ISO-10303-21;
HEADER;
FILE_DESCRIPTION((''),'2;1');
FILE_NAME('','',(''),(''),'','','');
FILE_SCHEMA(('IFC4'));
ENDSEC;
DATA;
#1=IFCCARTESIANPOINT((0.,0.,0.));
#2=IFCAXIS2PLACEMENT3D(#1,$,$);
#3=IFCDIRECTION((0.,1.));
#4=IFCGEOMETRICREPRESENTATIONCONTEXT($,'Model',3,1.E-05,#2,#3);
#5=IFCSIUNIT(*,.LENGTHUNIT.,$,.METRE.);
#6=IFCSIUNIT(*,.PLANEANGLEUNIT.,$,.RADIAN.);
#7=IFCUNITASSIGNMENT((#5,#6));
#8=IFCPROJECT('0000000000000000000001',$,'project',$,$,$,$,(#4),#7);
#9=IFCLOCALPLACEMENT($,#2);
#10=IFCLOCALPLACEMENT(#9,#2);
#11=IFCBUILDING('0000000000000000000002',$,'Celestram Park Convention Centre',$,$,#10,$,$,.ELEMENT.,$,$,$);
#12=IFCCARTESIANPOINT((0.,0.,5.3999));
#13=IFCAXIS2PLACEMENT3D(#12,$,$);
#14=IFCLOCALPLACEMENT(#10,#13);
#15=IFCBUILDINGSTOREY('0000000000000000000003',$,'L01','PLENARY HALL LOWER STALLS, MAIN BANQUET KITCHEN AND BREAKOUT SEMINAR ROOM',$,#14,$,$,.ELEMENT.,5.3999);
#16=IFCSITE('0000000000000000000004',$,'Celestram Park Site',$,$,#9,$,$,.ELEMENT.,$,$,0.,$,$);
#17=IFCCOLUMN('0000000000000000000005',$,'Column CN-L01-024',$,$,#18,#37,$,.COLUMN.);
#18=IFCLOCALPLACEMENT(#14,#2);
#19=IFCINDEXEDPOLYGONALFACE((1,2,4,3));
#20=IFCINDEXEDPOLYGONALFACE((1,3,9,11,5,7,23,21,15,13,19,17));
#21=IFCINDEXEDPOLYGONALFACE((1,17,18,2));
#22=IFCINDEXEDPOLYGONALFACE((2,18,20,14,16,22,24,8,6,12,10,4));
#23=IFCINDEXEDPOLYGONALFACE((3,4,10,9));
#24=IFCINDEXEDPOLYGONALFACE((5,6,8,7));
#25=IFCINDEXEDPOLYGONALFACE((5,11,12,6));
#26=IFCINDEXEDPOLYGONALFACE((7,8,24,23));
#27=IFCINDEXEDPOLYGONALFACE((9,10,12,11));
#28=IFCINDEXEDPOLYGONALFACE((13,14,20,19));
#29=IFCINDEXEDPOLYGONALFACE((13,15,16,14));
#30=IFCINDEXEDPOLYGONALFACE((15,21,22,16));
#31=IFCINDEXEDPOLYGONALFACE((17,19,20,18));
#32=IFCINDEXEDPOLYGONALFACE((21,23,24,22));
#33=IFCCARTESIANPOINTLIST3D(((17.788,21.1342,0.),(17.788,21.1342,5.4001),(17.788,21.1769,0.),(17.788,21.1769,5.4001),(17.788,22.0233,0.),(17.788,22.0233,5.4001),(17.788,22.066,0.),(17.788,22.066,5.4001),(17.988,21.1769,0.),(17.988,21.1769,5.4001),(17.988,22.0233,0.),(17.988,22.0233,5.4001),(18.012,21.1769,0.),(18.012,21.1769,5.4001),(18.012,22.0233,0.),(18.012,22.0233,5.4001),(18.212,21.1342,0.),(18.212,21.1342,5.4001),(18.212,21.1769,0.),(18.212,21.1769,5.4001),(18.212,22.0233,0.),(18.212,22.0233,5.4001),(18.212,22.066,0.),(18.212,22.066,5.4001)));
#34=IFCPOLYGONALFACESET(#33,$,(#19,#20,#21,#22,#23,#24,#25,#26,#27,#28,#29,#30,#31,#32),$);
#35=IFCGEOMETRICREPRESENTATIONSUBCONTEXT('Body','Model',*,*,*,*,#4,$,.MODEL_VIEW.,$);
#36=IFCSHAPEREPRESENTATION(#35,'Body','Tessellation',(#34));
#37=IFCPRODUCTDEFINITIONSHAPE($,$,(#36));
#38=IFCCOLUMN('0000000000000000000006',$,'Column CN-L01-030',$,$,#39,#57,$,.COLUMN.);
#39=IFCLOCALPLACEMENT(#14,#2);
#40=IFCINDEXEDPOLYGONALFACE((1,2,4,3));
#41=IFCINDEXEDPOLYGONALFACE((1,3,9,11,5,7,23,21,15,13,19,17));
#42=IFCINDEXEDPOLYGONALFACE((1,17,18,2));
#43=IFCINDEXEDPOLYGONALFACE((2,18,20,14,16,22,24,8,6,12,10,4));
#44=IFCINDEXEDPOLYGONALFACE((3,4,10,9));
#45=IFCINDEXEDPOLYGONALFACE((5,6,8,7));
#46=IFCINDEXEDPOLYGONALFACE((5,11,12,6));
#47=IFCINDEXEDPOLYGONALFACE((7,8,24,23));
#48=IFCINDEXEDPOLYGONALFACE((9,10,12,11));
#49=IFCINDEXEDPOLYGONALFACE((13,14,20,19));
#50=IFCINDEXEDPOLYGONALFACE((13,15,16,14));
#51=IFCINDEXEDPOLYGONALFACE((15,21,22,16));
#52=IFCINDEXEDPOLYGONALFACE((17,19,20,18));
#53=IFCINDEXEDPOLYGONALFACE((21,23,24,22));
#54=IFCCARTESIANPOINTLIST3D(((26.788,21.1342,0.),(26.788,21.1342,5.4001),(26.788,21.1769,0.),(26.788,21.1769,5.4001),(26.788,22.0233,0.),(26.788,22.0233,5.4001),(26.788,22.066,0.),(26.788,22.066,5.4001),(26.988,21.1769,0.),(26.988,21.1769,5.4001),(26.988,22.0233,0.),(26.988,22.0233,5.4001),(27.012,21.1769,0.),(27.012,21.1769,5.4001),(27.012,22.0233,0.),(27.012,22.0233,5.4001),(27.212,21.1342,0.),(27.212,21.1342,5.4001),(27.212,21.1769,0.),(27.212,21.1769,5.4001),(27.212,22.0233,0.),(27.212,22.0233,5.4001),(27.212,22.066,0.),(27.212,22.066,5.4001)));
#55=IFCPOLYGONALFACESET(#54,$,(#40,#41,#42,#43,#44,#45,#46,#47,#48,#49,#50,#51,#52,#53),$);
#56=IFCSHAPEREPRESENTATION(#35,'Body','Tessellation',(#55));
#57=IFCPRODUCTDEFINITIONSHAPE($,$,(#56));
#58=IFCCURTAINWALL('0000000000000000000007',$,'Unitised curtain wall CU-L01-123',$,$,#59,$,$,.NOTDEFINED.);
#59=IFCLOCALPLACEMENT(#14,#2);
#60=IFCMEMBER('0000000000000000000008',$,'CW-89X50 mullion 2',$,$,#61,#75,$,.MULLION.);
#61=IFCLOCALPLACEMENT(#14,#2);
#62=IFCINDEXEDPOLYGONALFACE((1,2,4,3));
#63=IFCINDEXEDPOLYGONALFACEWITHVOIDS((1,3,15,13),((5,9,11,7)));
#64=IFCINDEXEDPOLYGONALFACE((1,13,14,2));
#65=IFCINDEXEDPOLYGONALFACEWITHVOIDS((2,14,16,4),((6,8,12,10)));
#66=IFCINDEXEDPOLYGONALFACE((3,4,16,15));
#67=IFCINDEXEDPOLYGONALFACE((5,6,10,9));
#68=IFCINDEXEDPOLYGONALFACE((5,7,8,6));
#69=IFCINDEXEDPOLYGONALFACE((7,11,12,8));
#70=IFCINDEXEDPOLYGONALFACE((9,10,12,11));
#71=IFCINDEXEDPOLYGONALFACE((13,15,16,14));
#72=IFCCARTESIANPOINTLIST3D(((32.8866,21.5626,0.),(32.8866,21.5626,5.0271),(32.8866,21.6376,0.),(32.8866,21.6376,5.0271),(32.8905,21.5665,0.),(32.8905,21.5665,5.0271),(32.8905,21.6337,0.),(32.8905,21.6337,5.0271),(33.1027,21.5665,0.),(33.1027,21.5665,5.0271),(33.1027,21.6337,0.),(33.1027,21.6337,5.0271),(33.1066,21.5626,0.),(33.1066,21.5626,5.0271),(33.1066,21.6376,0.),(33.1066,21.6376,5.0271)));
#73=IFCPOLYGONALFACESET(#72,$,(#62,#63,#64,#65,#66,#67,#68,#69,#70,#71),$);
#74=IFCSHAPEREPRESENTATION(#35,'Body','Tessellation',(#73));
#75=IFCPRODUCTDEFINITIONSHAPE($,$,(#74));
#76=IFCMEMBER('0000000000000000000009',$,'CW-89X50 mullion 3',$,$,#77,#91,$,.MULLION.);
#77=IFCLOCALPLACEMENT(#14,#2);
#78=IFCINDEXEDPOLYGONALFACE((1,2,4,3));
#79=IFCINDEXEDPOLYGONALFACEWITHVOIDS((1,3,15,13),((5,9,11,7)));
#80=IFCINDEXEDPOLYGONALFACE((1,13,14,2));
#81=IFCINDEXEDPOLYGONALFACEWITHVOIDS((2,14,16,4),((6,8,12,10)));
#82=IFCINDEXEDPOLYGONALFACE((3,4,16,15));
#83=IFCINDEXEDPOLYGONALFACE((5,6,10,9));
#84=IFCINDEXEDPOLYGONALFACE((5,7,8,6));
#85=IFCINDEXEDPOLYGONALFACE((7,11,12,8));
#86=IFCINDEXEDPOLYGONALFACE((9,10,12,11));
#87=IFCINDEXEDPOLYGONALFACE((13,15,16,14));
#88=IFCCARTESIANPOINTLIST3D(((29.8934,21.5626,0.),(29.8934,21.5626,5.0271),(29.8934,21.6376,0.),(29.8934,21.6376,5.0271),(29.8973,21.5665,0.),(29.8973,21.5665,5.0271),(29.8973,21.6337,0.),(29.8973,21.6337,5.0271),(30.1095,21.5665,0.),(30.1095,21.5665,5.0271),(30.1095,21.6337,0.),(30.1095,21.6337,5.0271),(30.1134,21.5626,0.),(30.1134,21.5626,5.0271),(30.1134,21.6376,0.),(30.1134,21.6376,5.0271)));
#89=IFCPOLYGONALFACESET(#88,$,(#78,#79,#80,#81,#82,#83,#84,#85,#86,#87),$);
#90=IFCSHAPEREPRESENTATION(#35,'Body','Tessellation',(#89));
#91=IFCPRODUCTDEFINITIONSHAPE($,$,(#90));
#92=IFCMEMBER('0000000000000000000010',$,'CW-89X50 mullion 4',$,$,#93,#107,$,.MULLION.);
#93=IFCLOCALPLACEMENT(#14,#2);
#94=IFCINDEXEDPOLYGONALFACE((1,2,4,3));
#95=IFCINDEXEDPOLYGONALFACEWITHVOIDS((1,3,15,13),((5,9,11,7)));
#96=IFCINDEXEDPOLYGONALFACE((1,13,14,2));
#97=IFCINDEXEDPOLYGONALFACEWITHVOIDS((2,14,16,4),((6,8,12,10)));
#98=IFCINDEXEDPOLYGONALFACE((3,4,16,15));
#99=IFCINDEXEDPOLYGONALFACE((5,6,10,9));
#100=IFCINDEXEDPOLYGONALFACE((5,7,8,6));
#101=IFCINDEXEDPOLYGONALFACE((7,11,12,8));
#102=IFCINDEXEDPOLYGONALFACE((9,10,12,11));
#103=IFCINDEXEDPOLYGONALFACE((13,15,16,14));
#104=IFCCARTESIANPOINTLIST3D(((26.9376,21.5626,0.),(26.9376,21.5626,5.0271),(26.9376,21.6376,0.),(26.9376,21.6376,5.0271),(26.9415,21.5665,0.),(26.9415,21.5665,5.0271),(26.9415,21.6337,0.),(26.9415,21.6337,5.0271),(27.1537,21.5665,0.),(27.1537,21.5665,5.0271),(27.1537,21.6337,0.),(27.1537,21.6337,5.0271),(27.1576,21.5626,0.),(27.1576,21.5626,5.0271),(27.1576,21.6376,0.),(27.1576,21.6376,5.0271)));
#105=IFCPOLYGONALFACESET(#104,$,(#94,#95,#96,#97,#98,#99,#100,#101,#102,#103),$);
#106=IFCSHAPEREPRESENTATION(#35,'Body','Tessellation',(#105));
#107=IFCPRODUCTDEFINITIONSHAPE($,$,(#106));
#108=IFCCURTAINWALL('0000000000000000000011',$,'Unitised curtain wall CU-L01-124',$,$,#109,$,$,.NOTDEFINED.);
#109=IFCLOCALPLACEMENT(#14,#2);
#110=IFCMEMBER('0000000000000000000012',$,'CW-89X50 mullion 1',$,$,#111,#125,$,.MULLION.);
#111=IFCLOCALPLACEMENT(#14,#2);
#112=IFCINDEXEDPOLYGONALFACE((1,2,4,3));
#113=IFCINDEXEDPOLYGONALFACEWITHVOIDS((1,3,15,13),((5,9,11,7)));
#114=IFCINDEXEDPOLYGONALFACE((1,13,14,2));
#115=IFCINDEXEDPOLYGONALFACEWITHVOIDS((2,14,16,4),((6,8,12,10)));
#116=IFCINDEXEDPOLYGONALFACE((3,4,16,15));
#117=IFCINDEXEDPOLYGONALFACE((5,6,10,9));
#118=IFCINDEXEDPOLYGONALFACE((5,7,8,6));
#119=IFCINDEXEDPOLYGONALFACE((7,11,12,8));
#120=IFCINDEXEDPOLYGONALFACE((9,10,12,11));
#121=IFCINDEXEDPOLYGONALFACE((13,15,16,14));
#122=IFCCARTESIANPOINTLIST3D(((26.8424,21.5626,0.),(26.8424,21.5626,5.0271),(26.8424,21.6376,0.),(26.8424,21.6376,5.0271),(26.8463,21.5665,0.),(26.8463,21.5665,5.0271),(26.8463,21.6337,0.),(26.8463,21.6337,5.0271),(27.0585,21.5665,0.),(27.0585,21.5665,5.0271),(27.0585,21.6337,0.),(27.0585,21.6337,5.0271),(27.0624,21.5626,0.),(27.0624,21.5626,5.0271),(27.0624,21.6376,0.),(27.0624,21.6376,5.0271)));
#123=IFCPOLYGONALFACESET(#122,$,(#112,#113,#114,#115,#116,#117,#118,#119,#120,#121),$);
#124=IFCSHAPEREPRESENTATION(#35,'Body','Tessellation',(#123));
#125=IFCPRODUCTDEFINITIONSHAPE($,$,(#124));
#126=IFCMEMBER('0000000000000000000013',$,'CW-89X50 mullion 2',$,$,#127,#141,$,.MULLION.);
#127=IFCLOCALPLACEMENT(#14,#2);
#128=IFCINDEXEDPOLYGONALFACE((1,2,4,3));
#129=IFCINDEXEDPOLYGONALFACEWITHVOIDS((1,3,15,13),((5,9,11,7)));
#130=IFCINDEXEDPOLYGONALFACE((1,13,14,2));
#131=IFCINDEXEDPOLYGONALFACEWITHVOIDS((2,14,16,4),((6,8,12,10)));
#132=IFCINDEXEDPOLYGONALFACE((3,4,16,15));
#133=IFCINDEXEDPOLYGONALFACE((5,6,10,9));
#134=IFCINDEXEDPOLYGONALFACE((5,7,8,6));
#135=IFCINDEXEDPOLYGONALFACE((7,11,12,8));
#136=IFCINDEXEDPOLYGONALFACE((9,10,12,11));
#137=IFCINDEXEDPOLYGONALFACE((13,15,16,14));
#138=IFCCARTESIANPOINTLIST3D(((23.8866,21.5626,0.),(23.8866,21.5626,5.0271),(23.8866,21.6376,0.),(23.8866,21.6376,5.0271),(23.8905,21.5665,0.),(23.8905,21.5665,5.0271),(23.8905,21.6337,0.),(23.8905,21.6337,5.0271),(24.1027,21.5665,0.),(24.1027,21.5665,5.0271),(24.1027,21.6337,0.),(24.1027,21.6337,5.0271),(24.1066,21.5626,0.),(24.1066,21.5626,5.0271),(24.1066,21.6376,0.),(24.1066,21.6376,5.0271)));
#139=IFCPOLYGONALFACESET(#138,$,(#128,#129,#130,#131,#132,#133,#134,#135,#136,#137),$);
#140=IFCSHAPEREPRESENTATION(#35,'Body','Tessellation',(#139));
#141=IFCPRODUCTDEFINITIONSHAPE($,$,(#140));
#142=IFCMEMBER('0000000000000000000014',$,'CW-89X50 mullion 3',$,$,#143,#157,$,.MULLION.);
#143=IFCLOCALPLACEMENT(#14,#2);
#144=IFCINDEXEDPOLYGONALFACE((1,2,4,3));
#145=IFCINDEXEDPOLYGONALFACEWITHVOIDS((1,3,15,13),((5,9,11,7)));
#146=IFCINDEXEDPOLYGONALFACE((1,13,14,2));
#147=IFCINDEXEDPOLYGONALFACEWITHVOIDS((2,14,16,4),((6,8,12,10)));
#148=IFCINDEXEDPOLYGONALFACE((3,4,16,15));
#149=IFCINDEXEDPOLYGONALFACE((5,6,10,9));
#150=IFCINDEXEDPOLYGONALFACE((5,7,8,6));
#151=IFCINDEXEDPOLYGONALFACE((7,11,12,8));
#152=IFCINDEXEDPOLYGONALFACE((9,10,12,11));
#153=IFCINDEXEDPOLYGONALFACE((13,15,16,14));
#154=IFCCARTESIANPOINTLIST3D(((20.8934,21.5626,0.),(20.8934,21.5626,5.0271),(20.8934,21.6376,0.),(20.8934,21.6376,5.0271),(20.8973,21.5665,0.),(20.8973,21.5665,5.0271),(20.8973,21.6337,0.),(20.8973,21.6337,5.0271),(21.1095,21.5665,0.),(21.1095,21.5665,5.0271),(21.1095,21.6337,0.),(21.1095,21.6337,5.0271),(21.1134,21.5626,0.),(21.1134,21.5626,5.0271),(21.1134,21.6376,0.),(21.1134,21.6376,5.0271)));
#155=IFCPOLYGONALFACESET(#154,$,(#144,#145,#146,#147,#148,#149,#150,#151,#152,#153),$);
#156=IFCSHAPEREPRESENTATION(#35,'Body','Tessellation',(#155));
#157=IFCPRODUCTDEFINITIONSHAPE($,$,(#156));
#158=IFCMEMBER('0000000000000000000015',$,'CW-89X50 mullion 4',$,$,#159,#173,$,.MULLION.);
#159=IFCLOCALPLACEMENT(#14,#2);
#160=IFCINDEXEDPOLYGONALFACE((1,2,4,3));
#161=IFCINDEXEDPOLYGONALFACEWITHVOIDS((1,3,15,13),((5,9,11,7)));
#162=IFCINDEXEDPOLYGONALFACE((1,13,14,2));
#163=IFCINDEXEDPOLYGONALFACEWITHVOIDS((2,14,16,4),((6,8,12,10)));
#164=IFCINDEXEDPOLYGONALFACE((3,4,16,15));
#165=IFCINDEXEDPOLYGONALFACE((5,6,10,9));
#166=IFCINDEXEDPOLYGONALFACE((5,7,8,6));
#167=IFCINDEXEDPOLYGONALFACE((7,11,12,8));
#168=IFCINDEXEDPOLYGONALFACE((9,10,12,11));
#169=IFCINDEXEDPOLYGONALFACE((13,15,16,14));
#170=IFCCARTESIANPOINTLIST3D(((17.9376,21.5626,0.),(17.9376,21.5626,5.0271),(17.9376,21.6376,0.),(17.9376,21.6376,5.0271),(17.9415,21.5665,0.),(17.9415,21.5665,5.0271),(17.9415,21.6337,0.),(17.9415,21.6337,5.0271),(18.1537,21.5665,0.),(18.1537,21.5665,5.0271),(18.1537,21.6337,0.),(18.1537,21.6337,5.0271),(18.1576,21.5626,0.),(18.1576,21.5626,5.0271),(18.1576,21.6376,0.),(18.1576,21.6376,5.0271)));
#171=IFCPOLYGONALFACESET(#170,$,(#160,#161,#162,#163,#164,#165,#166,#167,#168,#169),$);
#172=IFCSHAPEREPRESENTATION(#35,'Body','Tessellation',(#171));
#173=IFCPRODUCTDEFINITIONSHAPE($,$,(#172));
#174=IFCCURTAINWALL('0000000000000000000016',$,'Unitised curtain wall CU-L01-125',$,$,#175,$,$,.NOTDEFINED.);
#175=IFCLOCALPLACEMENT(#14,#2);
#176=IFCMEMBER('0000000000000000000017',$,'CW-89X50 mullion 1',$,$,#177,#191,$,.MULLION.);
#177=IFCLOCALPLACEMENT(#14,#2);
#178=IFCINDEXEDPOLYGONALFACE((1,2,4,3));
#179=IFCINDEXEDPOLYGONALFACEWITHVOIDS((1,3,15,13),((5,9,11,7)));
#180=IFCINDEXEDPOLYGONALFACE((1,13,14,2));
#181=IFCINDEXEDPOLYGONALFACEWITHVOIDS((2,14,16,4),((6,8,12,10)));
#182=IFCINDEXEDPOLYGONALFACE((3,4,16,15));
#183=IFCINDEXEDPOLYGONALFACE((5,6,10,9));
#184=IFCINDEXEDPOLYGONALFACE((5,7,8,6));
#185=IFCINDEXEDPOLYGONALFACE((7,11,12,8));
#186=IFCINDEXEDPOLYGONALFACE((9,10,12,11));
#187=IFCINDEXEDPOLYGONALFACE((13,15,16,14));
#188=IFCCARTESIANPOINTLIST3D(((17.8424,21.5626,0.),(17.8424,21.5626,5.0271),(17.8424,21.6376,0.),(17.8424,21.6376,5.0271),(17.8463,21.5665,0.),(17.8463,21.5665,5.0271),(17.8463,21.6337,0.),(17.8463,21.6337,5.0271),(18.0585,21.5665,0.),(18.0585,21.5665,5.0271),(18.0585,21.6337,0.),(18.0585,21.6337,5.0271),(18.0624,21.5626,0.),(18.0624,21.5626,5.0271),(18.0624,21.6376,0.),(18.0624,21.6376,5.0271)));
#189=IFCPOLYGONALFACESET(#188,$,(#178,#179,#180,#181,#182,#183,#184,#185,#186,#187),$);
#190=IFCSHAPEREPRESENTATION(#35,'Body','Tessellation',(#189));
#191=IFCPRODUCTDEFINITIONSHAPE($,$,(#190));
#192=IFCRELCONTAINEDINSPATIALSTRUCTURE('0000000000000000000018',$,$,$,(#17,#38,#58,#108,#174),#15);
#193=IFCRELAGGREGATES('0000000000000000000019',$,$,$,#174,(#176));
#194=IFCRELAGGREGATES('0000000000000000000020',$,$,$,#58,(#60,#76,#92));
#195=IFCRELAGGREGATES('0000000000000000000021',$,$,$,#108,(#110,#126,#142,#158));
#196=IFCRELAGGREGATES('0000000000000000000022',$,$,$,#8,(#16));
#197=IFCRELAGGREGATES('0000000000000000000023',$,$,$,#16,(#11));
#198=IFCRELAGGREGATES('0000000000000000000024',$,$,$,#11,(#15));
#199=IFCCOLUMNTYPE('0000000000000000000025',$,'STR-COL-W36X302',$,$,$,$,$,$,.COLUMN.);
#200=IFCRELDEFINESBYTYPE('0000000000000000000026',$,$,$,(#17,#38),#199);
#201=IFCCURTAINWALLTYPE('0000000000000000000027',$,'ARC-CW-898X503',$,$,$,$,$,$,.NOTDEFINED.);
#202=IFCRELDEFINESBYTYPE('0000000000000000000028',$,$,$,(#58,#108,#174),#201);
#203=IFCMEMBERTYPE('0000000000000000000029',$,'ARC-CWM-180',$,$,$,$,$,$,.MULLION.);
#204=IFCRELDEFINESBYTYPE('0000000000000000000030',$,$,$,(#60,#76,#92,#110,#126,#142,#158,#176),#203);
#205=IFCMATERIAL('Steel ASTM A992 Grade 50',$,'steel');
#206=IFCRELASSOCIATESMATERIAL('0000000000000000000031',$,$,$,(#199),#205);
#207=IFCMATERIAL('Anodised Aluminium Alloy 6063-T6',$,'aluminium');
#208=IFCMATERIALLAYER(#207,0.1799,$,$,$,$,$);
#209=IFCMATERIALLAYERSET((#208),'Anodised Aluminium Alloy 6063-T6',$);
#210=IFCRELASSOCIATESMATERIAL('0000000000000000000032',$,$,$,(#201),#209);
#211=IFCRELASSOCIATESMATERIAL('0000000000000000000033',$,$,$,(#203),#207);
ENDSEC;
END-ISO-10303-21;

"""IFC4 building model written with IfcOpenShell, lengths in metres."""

from ifc_helpers import new_model, si_unit, direction, frame, origin, origin_2d, place, context, subcontext, project, spatial, hollow_rectangle, i_section, extrude, material, layer, layer_set, material_profile, profile_set, type_object, element, aggregate, save


model = new_model("IFC4")

# Units and contexts
model_context = context("Model", 3, precision=1e-05, world=origin(), true_north=direction((0.0, 1.0)))
body_context = subcontext(model_context, "Body", "Model", "MODEL_VIEW")
ifc_project = project(units=[si_unit("LENGTHUNIT", "METRE"), si_unit("PLANEANGLEUNIT", "RADIAN")], contexts=[model_context])

# Site, building, storey
site_placement = place(None, origin())
site = spatial("IfcSite", under=ifc_project, at=site_placement, Name="Celestram Park Site", CompositionType="ELEMENT", RefElevation=0.0)
building_placement = place(site_placement, origin())
building = spatial("IfcBuilding", under=site, at=building_placement, Name="Celestram Park Convention Centre", CompositionType="ELEMENT")
storey_placement = place(building_placement, frame((0.0, 0.0, 5.3999)))
storey = spatial("IfcBuildingStorey", under=building, at=storey_placement, Name="L01", Description="PLENARY HALL LOWER STALLS, MAIN BANQUET KITCHEN AND BREAKOUT SEMINAR ROOM", CompositionType="ELEMENT", Elevation=5.3999)

# Columns
ifc_material_1 = material(Name="Steel ASTM A992 Grade 50", Category="steel")
ifc_material_profile_1 = material_profile(ifc_material_1, i_section(OverallWidth=0.4241, OverallDepth=0.9319, WebThickness=0.0239, FlangeThickness=0.0427, at=origin_2d()), Name="W36X302")
ifc_profile_set_1 = profile_set([ifc_material_profile_1], Name="Steel ASTM A992 Grade 50")
column_type = type_object("IfcColumnType", Name="STR-COL-W36X302", PredefinedType="COLUMN", material=ifc_profile_set_1)
for number, where, z_axis, x_axis, name in (
    (1, (18.0, 21.6001, 0.0), (0.0, 0.0, 1.0), (1.0, 0.0, 0.0), "Column CN-L01-024"),
    (2, (27.0, 21.6001, 0.0), (0.0, 0.0, 1.0), (1.0, 0.0, 0.0), "Column CN-L01-030"),
):
    element("IfcColumn", number, at=place(storey_placement, frame(where, z_axis=z_axis, x_axis=x_axis)), inside=storey, type_object=column_type, Name=name, PredefinedType="COLUMN", context=body_context, shape_type="SweptSolid", body=[
        extrude(i_section(OverallWidth=0.4241, OverallDepth=0.9319, WebThickness=0.0239, FlangeThickness=0.0427, at=origin_2d()), origin(), (0.0, 0.0, 1.0), 5.4001),
    ])

# Curtain walls, members
ifc_material_2 = material(Name="Anodised Aluminium Alloy 6063-T6", Category="aluminium")
ifc_layer_1 = layer(ifc_material_2, 0.1799)
ifc_layer_set_1 = layer_set([ifc_layer_1], Name="Anodised Aluminium Alloy 6063-T6")
curtain_wall_type = type_object("IfcCurtainWallType", Name="ARC-CW-898X503", PredefinedType="NOTDEFINED", material=ifc_layer_set_1)
curtain_wall_1_placement = place(storey_placement, origin())
curtain_wall_1 = element("IfcCurtainWall", 3, at=curtain_wall_1_placement, inside=storey, type_object=curtain_wall_type, Name="Unitised curtain wall CU-L01-123", PredefinedType="NOTDEFINED")
ifc_material_profile_2 = material_profile(ifc_material_2, hollow_rectangle(XDim=0.075, YDim=0.22, WallThickness=0.0039, at=origin_2d()), Name="ALU75X220X4")
ifc_profile_set_2 = profile_set([ifc_material_profile_2], Name="Anodised Aluminium Alloy 6063-T6")
member_type_1 = type_object("IfcMemberType", Name="ARC-CWM-180", PredefinedType="MULLION", material=ifc_profile_set_2)
member_1_placement = place(storey_placement, frame((32.9966, 21.6001, 0.0), z_axis=(0.0, 0.0, 1.0), x_axis=(0.0, -1.0, 0.0)))
member_1 = element("IfcMember", 4, at=member_1_placement, type_object=member_type_1, Name="CW-89X50 mullion 2", PredefinedType="MULLION", context=body_context, shape_type="SweptSolid", body=[
    extrude(hollow_rectangle(XDim=0.075, YDim=0.22, WallThickness=0.0039, at=origin_2d()), origin(), (0.0, 0.0, 1.0), 5.0271),
])
member_2_placement = place(storey_placement, frame((30.0034, 21.6001, 0.0), z_axis=(0.0, 0.0, 1.0), x_axis=(0.0, -1.0, 0.0)))
member_2 = element("IfcMember", 5, at=member_2_placement, type_object=member_type_1, Name="CW-89X50 mullion 3", PredefinedType="MULLION", context=body_context, shape_type="SweptSolid", body=[
    extrude(hollow_rectangle(XDim=0.075, YDim=0.22, WallThickness=0.0039, at=origin_2d()), origin(), (0.0, 0.0, 1.0), 5.0271),
])
member_3_placement = place(storey_placement, frame((27.0476, 21.6001, 0.0), z_axis=(0.0, 0.0, 1.0), x_axis=(0.0, -1.0, 0.0)))
member_3 = element("IfcMember", 6, at=member_3_placement, type_object=member_type_1, Name="CW-89X50 mullion 4", PredefinedType="MULLION", context=body_context, shape_type="SweptSolid", body=[
    extrude(hollow_rectangle(XDim=0.075, YDim=0.22, WallThickness=0.0039, at=origin_2d()), origin(), (0.0, 0.0, 1.0), 5.0271),
])
curtain_wall_2_placement = place(storey_placement, origin())
curtain_wall_2 = element("IfcCurtainWall", 7, at=curtain_wall_2_placement, inside=storey, type_object=curtain_wall_type, Name="Unitised curtain wall CU-L01-124", PredefinedType="NOTDEFINED")
member_4_placement = place(storey_placement, frame((26.9524, 21.6001, 0.0), z_axis=(0.0, 0.0, 1.0), x_axis=(0.0, -1.0, 0.0)))
member_4 = element("IfcMember", 8, at=member_4_placement, type_object=member_type_1, Name="CW-89X50 mullion 1", PredefinedType="MULLION", context=body_context, shape_type="SweptSolid", body=[
    extrude(hollow_rectangle(XDim=0.075, YDim=0.22, WallThickness=0.0039, at=origin_2d()), origin(), (0.0, 0.0, 1.0), 5.0271),
])
member_5_placement = place(storey_placement, frame((23.9966, 21.6001, 0.0), z_axis=(0.0, 0.0, 1.0), x_axis=(0.0, -1.0, 0.0)))
member_5 = element("IfcMember", 9, at=member_5_placement, type_object=member_type_1, Name="CW-89X50 mullion 2", PredefinedType="MULLION", context=body_context, shape_type="SweptSolid", body=[
    extrude(hollow_rectangle(XDim=0.075, YDim=0.22, WallThickness=0.0039, at=origin_2d()), origin(), (0.0, 0.0, 1.0), 5.0271),
])
member_6_placement = place(storey_placement, frame((21.0034, 21.6001, 0.0), z_axis=(0.0, 0.0, 1.0), x_axis=(0.0, -1.0, 0.0)))
member_6 = element("IfcMember", 10, at=member_6_placement, type_object=member_type_1, Name="CW-89X50 mullion 3", PredefinedType="MULLION", context=body_context, shape_type="SweptSolid", body=[
    extrude(hollow_rectangle(XDim=0.075, YDim=0.22, WallThickness=0.0039, at=origin_2d()), origin(), (0.0, 0.0, 1.0), 5.0271),
])
member_7_placement = place(storey_placement, frame((18.0476, 21.6001, 0.0), z_axis=(0.0, 0.0, 1.0), x_axis=(0.0, -1.0, 0.0)))
member_7 = element("IfcMember", 11, at=member_7_placement, type_object=member_type_1, Name="CW-89X50 mullion 4", PredefinedType="MULLION", context=body_context, shape_type="SweptSolid", body=[
    extrude(hollow_rectangle(XDim=0.075, YDim=0.22, WallThickness=0.0039, at=origin_2d()), origin(), (0.0, 0.0, 1.0), 5.0271),
])

# Curtain wall, member
curtain_wall_3_placement = place(storey_placement, origin())
curtain_wall_3 = element("IfcCurtainWall", 12, at=curtain_wall_3_placement, inside=storey, type_object=curtain_wall_type, Name="Unitised curtain wall CU-L01-125", PredefinedType="NOTDEFINED")
member_8_placement = place(storey_placement, frame((17.9524, 21.6001, 0.0), z_axis=(0.0, 0.0, 1.0), x_axis=(0.0, -1.0, 0.0)))
member_8 = element("IfcMember", 13, at=member_8_placement, type_object=member_type_1, Name="CW-89X50 mullion 1", PredefinedType="MULLION", context=body_context, shape_type="SweptSolid", body=[
    extrude(hollow_rectangle(XDim=0.075, YDim=0.22, WallThickness=0.0039, at=origin_2d()), origin(), (0.0, 0.0, 1.0), 5.0271),
])
aggregate(curtain_wall_3, [member_8])

aggregate(curtain_wall_1, [member_1, member_2, member_3])
aggregate(curtain_wall_2, [member_4, member_5, member_6, member_7])

save(model, "model.ifc")
